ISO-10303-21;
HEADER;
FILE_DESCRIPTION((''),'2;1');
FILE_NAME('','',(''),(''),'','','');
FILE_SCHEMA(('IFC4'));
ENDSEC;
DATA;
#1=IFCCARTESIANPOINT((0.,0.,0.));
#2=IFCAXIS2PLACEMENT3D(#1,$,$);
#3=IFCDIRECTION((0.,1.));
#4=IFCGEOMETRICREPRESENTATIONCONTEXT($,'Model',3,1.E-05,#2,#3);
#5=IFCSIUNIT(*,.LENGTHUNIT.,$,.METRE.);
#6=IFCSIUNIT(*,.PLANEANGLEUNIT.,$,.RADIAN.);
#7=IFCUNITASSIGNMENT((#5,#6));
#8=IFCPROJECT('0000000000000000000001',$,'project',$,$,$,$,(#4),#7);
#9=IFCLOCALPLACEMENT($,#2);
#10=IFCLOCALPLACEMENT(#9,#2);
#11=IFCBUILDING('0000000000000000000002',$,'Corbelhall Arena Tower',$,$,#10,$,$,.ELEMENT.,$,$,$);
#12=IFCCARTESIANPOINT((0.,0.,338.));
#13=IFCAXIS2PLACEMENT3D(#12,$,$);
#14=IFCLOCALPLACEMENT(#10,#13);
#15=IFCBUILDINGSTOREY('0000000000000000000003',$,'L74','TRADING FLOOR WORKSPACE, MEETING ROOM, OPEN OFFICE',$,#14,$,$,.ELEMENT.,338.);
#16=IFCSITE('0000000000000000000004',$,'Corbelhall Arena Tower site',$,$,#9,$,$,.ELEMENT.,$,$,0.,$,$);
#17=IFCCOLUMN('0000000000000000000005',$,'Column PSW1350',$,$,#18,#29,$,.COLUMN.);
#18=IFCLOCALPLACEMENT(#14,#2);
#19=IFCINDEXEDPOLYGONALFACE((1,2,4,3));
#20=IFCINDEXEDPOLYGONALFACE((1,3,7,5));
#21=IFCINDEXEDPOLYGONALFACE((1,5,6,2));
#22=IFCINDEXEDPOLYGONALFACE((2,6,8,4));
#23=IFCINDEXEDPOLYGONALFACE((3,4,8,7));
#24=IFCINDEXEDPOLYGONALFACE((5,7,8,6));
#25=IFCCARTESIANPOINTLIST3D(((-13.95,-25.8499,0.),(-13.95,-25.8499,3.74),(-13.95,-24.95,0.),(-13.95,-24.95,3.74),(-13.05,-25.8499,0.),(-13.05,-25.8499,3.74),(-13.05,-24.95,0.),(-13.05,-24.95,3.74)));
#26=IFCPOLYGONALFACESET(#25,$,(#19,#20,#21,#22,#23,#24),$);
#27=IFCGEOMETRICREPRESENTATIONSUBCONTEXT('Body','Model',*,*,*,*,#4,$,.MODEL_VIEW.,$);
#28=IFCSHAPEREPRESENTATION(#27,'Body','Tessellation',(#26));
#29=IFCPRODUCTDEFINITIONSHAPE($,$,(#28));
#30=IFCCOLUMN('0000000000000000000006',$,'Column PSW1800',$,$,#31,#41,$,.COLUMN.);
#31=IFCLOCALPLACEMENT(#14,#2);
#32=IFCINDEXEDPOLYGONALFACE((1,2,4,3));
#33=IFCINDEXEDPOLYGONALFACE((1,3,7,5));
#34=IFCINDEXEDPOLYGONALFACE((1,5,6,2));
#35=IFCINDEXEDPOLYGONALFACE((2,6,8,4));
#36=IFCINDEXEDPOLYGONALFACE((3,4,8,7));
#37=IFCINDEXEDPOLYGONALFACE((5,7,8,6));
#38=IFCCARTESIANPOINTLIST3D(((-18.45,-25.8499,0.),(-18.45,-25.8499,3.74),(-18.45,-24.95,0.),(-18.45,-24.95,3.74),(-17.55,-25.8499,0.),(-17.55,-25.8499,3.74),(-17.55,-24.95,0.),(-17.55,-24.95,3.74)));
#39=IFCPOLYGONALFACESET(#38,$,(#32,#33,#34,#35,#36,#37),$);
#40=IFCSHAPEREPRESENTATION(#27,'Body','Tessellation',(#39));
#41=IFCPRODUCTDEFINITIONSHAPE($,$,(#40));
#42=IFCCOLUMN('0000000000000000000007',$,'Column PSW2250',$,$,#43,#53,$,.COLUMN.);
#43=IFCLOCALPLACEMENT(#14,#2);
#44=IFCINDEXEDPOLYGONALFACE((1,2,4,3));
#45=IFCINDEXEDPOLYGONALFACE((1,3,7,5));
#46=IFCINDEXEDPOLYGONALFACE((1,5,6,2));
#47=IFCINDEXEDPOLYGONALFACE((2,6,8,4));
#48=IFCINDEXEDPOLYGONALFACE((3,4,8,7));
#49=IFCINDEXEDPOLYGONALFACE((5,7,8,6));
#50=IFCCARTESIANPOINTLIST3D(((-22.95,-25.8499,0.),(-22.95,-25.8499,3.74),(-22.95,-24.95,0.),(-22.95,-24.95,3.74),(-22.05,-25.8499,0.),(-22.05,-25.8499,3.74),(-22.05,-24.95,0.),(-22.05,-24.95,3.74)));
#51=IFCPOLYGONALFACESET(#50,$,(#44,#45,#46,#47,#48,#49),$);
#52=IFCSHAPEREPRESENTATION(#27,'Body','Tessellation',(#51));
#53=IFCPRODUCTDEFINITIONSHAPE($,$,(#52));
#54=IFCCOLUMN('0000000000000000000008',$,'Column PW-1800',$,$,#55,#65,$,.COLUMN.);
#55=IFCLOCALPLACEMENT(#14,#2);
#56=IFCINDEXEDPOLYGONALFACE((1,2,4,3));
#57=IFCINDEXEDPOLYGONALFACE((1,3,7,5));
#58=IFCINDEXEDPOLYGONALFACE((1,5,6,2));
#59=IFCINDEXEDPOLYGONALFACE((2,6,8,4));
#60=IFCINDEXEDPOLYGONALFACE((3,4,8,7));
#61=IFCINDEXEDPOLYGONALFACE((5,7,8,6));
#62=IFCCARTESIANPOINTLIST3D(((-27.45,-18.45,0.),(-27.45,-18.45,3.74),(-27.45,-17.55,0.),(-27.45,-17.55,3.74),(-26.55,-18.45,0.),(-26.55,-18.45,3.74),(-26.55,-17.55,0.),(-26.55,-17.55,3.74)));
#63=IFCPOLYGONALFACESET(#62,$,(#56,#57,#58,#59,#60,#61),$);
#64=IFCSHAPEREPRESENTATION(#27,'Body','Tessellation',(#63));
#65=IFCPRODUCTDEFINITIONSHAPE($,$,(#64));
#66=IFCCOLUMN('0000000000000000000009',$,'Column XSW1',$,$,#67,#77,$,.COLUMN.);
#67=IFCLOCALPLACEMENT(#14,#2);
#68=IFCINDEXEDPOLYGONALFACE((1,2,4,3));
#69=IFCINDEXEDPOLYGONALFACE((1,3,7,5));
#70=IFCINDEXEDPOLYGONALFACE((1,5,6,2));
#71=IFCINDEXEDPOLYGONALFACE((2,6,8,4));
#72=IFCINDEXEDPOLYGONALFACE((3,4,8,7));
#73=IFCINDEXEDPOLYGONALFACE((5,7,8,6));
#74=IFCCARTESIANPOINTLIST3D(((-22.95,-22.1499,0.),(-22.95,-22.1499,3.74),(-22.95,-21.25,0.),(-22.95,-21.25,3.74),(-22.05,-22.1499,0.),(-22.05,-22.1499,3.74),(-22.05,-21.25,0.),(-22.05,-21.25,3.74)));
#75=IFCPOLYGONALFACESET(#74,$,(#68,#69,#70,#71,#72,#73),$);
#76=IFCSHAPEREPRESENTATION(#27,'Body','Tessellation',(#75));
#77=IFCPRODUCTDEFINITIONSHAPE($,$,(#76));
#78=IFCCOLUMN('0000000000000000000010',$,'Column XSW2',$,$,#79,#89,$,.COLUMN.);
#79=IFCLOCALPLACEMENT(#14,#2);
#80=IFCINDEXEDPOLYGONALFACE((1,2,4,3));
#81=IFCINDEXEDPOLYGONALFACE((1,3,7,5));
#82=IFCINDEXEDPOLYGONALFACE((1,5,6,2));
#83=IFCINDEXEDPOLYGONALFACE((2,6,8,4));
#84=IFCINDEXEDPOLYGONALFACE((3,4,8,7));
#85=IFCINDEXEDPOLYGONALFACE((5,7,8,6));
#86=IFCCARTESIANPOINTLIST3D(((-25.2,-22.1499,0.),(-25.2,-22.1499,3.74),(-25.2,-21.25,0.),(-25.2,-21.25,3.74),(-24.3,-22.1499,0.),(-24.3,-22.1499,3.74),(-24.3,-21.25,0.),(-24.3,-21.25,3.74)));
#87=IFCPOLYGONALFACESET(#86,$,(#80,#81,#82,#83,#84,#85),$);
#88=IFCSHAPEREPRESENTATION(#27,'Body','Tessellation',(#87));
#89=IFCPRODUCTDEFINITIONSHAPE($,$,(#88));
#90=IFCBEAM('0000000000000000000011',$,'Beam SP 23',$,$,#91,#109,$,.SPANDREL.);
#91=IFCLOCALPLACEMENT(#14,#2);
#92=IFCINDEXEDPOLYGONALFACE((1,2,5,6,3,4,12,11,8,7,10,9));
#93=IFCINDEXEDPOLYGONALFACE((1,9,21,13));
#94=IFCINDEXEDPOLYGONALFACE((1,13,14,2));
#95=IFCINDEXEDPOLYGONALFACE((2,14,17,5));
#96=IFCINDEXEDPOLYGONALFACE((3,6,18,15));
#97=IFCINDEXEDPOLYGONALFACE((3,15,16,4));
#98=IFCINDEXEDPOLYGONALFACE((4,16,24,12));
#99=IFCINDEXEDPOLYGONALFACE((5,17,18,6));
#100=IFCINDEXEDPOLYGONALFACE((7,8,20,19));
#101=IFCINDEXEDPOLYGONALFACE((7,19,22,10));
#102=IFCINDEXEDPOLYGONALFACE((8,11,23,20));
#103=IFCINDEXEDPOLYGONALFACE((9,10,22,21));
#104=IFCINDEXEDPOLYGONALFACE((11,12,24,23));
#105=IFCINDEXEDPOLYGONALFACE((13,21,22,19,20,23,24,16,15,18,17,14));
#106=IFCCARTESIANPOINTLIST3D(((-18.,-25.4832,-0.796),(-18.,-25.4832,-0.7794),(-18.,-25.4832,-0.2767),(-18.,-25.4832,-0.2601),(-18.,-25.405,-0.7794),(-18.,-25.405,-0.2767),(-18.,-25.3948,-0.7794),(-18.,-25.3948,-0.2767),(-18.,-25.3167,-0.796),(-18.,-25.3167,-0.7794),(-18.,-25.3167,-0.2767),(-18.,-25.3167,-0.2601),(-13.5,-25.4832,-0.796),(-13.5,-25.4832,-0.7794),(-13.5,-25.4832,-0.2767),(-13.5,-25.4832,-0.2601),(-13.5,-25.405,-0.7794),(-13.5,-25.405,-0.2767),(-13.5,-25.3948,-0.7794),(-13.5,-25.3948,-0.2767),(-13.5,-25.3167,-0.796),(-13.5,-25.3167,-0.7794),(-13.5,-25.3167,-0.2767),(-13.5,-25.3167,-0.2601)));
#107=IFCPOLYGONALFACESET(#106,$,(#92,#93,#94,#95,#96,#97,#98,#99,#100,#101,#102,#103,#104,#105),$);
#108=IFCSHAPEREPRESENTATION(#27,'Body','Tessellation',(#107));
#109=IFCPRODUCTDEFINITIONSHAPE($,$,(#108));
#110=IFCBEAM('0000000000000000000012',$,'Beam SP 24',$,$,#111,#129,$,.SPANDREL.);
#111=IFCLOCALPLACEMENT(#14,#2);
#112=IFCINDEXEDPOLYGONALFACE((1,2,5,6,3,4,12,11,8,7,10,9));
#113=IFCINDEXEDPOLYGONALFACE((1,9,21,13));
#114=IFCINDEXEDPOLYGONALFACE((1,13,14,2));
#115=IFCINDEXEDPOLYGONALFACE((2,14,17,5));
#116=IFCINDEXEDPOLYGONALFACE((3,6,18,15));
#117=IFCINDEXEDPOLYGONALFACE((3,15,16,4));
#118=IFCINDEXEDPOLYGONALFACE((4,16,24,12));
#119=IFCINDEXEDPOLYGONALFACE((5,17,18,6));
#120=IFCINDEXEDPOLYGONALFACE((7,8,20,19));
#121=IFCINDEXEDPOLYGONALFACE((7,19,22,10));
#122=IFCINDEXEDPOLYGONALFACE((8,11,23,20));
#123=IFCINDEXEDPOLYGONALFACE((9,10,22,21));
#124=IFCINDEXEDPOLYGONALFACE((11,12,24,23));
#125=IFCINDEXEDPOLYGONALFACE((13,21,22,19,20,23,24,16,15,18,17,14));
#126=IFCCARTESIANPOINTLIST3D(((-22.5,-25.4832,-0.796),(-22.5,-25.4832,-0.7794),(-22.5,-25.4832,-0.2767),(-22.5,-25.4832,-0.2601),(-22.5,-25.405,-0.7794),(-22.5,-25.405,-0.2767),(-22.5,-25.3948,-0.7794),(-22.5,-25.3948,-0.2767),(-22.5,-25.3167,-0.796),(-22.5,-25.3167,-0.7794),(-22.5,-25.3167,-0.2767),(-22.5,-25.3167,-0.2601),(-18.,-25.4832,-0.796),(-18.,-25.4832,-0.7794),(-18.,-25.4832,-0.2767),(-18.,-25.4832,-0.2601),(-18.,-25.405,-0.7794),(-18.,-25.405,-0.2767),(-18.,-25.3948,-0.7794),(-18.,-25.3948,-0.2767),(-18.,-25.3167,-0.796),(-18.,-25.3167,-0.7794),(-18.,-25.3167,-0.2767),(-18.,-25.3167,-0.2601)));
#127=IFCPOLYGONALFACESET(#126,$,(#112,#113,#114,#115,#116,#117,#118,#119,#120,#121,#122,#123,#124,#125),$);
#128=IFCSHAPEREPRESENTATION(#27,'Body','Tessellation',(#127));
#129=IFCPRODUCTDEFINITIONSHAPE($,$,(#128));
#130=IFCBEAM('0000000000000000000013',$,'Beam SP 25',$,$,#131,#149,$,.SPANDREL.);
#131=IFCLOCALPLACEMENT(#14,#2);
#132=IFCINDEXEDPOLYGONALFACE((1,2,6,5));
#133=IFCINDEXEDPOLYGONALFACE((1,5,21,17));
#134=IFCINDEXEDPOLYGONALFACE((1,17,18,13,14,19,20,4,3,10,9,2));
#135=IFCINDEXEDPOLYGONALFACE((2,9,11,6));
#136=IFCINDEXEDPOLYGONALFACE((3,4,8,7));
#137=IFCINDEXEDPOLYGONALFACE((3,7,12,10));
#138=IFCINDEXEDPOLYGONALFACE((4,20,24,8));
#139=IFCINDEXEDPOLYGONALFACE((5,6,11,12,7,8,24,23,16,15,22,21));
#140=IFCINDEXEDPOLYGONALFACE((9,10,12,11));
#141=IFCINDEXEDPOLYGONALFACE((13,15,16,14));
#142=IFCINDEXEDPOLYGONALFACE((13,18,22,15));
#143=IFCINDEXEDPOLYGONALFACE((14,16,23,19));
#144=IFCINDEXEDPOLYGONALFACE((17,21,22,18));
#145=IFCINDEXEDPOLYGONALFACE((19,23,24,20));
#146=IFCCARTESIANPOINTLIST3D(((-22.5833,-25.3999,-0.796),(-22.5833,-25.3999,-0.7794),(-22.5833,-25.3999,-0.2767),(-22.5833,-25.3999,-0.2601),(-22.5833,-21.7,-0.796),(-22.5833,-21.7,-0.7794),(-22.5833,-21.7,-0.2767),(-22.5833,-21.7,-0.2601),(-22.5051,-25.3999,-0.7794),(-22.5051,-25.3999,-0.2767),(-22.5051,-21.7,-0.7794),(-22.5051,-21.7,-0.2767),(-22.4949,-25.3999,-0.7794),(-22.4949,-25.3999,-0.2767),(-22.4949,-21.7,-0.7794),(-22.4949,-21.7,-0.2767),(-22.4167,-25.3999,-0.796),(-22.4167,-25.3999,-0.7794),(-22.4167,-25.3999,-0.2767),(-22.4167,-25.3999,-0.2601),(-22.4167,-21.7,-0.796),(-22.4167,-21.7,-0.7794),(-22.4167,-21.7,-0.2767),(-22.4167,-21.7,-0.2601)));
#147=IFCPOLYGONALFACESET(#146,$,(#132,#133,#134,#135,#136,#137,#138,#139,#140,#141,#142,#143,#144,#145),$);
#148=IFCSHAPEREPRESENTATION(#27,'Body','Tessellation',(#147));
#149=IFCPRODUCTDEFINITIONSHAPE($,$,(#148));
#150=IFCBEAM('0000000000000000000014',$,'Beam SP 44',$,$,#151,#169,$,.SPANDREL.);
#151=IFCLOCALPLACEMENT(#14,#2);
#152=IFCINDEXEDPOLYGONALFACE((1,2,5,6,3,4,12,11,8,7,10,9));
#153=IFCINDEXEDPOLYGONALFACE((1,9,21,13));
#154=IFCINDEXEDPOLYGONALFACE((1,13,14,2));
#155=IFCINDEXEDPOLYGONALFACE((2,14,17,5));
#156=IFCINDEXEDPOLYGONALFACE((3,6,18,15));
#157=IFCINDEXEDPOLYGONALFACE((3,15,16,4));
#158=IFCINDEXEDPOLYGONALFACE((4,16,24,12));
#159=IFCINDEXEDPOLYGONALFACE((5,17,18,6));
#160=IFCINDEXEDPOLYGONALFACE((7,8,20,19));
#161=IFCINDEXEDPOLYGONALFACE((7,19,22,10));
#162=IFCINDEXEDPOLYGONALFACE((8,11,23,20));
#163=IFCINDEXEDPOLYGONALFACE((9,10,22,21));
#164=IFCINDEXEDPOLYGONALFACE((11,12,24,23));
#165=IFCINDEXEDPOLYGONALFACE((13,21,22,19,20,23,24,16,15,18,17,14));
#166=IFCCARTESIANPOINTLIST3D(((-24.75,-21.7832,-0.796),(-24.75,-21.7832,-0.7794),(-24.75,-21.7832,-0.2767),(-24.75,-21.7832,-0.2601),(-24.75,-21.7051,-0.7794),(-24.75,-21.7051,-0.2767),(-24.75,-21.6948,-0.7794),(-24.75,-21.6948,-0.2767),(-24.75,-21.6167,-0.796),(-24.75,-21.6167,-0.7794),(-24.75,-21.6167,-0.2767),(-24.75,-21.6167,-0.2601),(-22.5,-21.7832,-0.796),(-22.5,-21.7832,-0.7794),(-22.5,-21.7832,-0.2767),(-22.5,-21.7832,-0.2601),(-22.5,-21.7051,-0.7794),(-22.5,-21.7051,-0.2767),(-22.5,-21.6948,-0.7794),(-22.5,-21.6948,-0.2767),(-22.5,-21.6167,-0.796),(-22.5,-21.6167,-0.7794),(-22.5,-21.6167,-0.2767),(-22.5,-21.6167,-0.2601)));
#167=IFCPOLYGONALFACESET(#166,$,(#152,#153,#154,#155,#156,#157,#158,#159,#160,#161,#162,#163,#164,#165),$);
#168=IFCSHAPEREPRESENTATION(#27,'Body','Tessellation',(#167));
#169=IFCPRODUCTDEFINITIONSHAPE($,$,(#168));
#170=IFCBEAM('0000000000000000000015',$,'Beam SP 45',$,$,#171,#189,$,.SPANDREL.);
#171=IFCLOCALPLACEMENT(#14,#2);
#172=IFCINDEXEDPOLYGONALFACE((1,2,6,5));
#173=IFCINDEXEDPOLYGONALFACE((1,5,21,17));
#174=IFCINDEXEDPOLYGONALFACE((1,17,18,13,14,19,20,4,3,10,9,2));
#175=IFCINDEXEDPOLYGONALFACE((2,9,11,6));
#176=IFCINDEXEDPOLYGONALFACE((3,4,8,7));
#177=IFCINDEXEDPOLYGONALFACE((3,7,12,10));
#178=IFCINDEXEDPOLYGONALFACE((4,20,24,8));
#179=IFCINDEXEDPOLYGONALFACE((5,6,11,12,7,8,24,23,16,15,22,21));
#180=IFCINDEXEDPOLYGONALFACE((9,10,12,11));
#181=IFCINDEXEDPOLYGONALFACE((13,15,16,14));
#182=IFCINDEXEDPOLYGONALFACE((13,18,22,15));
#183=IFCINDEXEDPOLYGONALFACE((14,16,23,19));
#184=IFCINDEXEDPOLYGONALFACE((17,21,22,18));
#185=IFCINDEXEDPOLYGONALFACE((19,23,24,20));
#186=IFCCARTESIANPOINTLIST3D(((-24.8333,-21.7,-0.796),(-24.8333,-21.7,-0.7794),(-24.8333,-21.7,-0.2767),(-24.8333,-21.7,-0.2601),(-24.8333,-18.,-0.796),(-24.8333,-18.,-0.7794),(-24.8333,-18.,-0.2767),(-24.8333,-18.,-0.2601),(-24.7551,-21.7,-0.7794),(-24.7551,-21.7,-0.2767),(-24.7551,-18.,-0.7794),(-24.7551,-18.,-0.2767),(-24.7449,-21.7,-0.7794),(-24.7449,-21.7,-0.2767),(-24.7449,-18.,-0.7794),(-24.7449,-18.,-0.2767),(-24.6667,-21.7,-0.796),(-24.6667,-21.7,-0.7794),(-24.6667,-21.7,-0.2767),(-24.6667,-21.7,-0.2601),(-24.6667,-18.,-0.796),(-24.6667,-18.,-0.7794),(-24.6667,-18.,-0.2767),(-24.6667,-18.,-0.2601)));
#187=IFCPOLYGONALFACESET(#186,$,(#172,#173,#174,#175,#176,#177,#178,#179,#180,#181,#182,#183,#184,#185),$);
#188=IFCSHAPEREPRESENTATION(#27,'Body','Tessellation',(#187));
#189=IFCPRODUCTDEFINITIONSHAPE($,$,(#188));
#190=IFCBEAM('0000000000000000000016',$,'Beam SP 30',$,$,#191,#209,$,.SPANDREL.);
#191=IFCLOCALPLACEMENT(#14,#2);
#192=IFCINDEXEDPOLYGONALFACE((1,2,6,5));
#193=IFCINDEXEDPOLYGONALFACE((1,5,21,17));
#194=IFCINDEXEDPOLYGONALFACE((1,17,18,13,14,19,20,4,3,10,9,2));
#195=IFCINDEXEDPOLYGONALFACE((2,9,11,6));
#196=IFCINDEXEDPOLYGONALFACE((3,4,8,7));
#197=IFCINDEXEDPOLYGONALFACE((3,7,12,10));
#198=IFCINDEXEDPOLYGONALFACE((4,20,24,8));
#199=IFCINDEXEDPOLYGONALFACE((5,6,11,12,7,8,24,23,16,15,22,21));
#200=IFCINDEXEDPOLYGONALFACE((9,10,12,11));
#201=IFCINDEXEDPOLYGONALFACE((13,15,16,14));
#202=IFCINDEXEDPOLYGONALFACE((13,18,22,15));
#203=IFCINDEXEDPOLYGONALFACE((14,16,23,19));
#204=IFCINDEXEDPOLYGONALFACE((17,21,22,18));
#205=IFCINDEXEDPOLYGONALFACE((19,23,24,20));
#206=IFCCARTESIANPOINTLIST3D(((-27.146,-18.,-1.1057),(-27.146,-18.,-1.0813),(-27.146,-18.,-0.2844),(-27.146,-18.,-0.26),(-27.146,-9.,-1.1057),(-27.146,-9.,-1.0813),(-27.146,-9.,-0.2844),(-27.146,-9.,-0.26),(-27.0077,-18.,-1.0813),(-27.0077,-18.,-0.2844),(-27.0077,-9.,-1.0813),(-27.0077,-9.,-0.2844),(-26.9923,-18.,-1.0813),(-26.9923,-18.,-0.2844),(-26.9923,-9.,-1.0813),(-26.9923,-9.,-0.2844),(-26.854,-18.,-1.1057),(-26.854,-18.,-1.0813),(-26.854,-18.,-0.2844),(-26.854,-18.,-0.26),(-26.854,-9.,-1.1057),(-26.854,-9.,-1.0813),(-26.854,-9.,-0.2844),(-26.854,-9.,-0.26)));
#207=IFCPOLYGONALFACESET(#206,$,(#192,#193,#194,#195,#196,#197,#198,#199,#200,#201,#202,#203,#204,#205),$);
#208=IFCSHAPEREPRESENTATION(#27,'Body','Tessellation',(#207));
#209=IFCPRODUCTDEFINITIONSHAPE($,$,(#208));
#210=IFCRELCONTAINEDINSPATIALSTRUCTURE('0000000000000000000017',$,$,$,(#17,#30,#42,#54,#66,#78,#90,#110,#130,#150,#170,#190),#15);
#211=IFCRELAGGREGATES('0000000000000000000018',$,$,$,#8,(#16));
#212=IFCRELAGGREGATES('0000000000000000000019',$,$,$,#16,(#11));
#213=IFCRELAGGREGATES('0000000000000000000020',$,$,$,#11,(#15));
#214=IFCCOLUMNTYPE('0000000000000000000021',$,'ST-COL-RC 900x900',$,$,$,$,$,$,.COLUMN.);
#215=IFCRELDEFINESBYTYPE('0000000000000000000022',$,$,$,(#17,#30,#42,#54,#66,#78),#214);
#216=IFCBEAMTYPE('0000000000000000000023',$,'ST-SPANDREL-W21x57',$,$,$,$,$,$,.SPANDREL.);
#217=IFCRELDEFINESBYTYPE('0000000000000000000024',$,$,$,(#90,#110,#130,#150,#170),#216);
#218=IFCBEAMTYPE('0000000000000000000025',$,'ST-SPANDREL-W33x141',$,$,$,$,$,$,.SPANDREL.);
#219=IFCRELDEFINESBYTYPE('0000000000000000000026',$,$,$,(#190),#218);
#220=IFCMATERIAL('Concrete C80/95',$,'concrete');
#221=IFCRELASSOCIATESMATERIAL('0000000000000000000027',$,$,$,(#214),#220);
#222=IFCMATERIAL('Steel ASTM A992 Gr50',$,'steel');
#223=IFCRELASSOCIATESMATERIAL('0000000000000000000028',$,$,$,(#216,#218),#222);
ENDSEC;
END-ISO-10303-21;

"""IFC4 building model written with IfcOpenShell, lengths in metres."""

from ifc_helpers import new_model, si_unit, direction, frame, origin, origin_2d, place, context, subcontext, project, spatial, rectangle, i_section, extrude, material, material_profile, profile_set, type_object, element, save


model = new_model("IFC4")

# Units and contexts
model_context = context("Model", 3, precision=1e-05, world=origin(), true_north=direction((0.0, 1.0)))
body_context = subcontext(model_context, "Body", "Model", "MODEL_VIEW")
ifc_project = project(units=[si_unit("LENGTHUNIT", "METRE"), si_unit("PLANEANGLEUNIT", "RADIAN")], contexts=[model_context])

# Site, building, storey
site_placement = place(None, origin())
site = spatial("IfcSite", under=ifc_project, at=site_placement, Name="Corbelhall Arena Tower site", CompositionType="ELEMENT", RefElevation=0.0)
building_placement = place(site_placement, origin())
building = spatial("IfcBuilding", under=site, at=building_placement, Name="Corbelhall Arena Tower", CompositionType="ELEMENT")
storey_placement = place(building_placement, frame((0.0, 0.0, 338.0)))
storey = spatial("IfcBuildingStorey", under=building, at=storey_placement, Name="L74", Description="TRADING FLOOR WORKSPACE, MEETING ROOM, OPEN OFFICE", CompositionType="ELEMENT", Elevation=338.0)

# Columns
ifc_material_1 = material(Name="Concrete C80/95", Category="concrete")
ifc_material_profile_1 = material_profile(ifc_material_1, rectangle(XDim=0.8999, YDim=0.8999, at=origin_2d()))
ifc_profile_set_1 = profile_set([ifc_material_profile_1], Name="Concrete C80/95")
column_type = type_object("IfcColumnType", Name="ST-COL-RC 900x900", PredefinedType="COLUMN", material=ifc_profile_set_1)
for number, where, z_axis, x_axis, name in (
    (1, (-13.5, -25.3999, 0.0), (0.0, 0.0, 1.0), (1.0, 0.0, 0.0), "Column PSW1350"),
    (2, (-18.0, -25.3999, 0.0), (0.0, 0.0, 1.0), (1.0, 0.0, 0.0), "Column PSW1800"),
    (3, (-22.5, -25.3999, 0.0), (0.0, 0.0, 1.0), (1.0, 0.0, 0.0), "Column PSW2250"),
    (4, (-27.0, -18.0, 0.0), (0.0, 0.0, 1.0), (0.0, 1.0, 0.0), "Column PW-1800"),
    (5, (-22.5, -21.7, 0.0), (0.0, 0.0, 1.0), (1.0, 0.0, 0.0), "Column XSW1"),
    (6, (-24.75, -21.7, 0.0), (0.0, 0.0, 1.0), (1.0, 0.0, 0.0), "Column XSW2"),
):
    element("IfcColumn", number, at=place(storey_placement, frame(where, z_axis=z_axis, x_axis=x_axis)), inside=storey, type_object=column_type, Name=name, PredefinedType="COLUMN", context=body_context, shape_type="SweptSolid", body=[
        extrude(rectangle(XDim=0.8999, YDim=0.8999, at=origin_2d()), origin(), (0.0, 0.0, 1.0), 3.74),
    ])

# Beams
ifc_material_2 = material(Name="Steel ASTM A992 Gr50", Category="steel")
ifc_material_profile_2 = material_profile(ifc_material_2, i_section(OverallWidth=0.1665, OverallDepth=0.5359, WebThickness=0.0103, FlangeThickness=0.0166, at=origin_2d()))
ifc_profile_set_2 = profile_set([ifc_material_profile_2], Name="Steel ASTM A992 Gr50")
beam_type_1 = type_object("IfcBeamType", Name="ST-SPANDREL-W21x57", PredefinedType="SPANDREL", material=ifc_profile_set_2)
for number, where, z_axis, x_axis, name in (
    (7, (-13.5, -25.3999, -0.5281), (-1.0, 0.0, 0.0), (0.0, -1.0, 0.0), "Beam SP 23"),
    (8, (-18.0, -25.3999, -0.5281), (-1.0, 0.0, 0.0), (0.0, -1.0, 0.0), "Beam SP 24"),
):
    element("IfcBeam", number, at=place(storey_placement, frame(where, z_axis=z_axis, x_axis=x_axis)), inside=storey, type_object=beam_type_1, Name=name, PredefinedType="SPANDREL", context=body_context, shape_type="SweptSolid", body=[
        extrude(i_section(OverallWidth=0.1665, OverallDepth=0.5359, WebThickness=0.0103, FlangeThickness=0.0166, at=origin_2d()), origin(), (0.0, 0.0, 1.0), 4.5),
    ])
beam_1_placement = place(storey_placement, frame((-22.5, -25.3999, -0.5281), z_axis=(0.0, 1.0, 0.0), x_axis=(-1.0, 0.0, 0.0)))
element("IfcBeam", 9, at=beam_1_placement, inside=storey, type_object=beam_type_1, Name="Beam SP 25", PredefinedType="SPANDREL", context=body_context, shape_type="SweptSolid", body=[
    extrude(i_section(OverallWidth=0.1665, OverallDepth=0.5359, WebThickness=0.0103, FlangeThickness=0.0166, at=origin_2d()), origin(), (0.0, 0.0, 1.0), 3.7),
])
beam_2_placement = place(storey_placement, frame((-22.5, -21.7, -0.5281), z_axis=(-1.0, 0.0, 0.0), x_axis=(0.0, -1.0, 0.0)))
element("IfcBeam", 10, at=beam_2_placement, inside=storey, type_object=beam_type_1, Name="Beam SP 44", PredefinedType="SPANDREL", context=body_context, shape_type="SweptSolid", body=[
    extrude(i_section(OverallWidth=0.1665, OverallDepth=0.5359, WebThickness=0.0103, FlangeThickness=0.0166, at=origin_2d()), origin(), (0.0, 0.0, 1.0), 2.25),
])
beam_3_placement = place(storey_placement, frame((-24.75, -21.7, -0.5281), z_axis=(0.0, 1.0, 0.0), x_axis=(-1.0, 0.0, 0.0)))
element("IfcBeam", 11, at=beam_3_placement, inside=storey, type_object=beam_type_1, Name="Beam SP 45", PredefinedType="SPANDREL", context=body_context, shape_type="SweptSolid", body=[
    extrude(i_section(OverallWidth=0.1665, OverallDepth=0.5359, WebThickness=0.0103, FlangeThickness=0.0166, at=origin_2d()), origin(), (0.0, 0.0, 1.0), 3.7),
])
ifc_material_profile_3 = material_profile(ifc_material_2, i_section(OverallWidth=0.292, OverallDepth=0.8457, WebThickness=0.0154, FlangeThickness=0.0244, at=origin_2d()))
ifc_profile_set_3 = profile_set([ifc_material_profile_3], Name="Steel ASTM A992 Gr50")
beam_type_2 = type_object("IfcBeamType", Name="ST-SPANDREL-W33x141", PredefinedType="SPANDREL", material=ifc_profile_set_3)
beam_4_placement = place(storey_placement, frame((-27.0, -18.0, -0.6829), z_axis=(0.0, 1.0, 0.0), x_axis=(-1.0, 0.0, 0.0)))
element("IfcBeam", 12, at=beam_4_placement, inside=storey, type_object=beam_type_2, Name="Beam SP 30", PredefinedType="SPANDREL", context=body_context, shape_type="SweptSolid", body=[
    extrude(i_section(OverallWidth=0.292, OverallDepth=0.8457, WebThickness=0.0154, FlangeThickness=0.0244, at=origin_2d()), origin(), (0.0, 0.0, 1.0), 9.0),
])

save(model, "model.ifc")
